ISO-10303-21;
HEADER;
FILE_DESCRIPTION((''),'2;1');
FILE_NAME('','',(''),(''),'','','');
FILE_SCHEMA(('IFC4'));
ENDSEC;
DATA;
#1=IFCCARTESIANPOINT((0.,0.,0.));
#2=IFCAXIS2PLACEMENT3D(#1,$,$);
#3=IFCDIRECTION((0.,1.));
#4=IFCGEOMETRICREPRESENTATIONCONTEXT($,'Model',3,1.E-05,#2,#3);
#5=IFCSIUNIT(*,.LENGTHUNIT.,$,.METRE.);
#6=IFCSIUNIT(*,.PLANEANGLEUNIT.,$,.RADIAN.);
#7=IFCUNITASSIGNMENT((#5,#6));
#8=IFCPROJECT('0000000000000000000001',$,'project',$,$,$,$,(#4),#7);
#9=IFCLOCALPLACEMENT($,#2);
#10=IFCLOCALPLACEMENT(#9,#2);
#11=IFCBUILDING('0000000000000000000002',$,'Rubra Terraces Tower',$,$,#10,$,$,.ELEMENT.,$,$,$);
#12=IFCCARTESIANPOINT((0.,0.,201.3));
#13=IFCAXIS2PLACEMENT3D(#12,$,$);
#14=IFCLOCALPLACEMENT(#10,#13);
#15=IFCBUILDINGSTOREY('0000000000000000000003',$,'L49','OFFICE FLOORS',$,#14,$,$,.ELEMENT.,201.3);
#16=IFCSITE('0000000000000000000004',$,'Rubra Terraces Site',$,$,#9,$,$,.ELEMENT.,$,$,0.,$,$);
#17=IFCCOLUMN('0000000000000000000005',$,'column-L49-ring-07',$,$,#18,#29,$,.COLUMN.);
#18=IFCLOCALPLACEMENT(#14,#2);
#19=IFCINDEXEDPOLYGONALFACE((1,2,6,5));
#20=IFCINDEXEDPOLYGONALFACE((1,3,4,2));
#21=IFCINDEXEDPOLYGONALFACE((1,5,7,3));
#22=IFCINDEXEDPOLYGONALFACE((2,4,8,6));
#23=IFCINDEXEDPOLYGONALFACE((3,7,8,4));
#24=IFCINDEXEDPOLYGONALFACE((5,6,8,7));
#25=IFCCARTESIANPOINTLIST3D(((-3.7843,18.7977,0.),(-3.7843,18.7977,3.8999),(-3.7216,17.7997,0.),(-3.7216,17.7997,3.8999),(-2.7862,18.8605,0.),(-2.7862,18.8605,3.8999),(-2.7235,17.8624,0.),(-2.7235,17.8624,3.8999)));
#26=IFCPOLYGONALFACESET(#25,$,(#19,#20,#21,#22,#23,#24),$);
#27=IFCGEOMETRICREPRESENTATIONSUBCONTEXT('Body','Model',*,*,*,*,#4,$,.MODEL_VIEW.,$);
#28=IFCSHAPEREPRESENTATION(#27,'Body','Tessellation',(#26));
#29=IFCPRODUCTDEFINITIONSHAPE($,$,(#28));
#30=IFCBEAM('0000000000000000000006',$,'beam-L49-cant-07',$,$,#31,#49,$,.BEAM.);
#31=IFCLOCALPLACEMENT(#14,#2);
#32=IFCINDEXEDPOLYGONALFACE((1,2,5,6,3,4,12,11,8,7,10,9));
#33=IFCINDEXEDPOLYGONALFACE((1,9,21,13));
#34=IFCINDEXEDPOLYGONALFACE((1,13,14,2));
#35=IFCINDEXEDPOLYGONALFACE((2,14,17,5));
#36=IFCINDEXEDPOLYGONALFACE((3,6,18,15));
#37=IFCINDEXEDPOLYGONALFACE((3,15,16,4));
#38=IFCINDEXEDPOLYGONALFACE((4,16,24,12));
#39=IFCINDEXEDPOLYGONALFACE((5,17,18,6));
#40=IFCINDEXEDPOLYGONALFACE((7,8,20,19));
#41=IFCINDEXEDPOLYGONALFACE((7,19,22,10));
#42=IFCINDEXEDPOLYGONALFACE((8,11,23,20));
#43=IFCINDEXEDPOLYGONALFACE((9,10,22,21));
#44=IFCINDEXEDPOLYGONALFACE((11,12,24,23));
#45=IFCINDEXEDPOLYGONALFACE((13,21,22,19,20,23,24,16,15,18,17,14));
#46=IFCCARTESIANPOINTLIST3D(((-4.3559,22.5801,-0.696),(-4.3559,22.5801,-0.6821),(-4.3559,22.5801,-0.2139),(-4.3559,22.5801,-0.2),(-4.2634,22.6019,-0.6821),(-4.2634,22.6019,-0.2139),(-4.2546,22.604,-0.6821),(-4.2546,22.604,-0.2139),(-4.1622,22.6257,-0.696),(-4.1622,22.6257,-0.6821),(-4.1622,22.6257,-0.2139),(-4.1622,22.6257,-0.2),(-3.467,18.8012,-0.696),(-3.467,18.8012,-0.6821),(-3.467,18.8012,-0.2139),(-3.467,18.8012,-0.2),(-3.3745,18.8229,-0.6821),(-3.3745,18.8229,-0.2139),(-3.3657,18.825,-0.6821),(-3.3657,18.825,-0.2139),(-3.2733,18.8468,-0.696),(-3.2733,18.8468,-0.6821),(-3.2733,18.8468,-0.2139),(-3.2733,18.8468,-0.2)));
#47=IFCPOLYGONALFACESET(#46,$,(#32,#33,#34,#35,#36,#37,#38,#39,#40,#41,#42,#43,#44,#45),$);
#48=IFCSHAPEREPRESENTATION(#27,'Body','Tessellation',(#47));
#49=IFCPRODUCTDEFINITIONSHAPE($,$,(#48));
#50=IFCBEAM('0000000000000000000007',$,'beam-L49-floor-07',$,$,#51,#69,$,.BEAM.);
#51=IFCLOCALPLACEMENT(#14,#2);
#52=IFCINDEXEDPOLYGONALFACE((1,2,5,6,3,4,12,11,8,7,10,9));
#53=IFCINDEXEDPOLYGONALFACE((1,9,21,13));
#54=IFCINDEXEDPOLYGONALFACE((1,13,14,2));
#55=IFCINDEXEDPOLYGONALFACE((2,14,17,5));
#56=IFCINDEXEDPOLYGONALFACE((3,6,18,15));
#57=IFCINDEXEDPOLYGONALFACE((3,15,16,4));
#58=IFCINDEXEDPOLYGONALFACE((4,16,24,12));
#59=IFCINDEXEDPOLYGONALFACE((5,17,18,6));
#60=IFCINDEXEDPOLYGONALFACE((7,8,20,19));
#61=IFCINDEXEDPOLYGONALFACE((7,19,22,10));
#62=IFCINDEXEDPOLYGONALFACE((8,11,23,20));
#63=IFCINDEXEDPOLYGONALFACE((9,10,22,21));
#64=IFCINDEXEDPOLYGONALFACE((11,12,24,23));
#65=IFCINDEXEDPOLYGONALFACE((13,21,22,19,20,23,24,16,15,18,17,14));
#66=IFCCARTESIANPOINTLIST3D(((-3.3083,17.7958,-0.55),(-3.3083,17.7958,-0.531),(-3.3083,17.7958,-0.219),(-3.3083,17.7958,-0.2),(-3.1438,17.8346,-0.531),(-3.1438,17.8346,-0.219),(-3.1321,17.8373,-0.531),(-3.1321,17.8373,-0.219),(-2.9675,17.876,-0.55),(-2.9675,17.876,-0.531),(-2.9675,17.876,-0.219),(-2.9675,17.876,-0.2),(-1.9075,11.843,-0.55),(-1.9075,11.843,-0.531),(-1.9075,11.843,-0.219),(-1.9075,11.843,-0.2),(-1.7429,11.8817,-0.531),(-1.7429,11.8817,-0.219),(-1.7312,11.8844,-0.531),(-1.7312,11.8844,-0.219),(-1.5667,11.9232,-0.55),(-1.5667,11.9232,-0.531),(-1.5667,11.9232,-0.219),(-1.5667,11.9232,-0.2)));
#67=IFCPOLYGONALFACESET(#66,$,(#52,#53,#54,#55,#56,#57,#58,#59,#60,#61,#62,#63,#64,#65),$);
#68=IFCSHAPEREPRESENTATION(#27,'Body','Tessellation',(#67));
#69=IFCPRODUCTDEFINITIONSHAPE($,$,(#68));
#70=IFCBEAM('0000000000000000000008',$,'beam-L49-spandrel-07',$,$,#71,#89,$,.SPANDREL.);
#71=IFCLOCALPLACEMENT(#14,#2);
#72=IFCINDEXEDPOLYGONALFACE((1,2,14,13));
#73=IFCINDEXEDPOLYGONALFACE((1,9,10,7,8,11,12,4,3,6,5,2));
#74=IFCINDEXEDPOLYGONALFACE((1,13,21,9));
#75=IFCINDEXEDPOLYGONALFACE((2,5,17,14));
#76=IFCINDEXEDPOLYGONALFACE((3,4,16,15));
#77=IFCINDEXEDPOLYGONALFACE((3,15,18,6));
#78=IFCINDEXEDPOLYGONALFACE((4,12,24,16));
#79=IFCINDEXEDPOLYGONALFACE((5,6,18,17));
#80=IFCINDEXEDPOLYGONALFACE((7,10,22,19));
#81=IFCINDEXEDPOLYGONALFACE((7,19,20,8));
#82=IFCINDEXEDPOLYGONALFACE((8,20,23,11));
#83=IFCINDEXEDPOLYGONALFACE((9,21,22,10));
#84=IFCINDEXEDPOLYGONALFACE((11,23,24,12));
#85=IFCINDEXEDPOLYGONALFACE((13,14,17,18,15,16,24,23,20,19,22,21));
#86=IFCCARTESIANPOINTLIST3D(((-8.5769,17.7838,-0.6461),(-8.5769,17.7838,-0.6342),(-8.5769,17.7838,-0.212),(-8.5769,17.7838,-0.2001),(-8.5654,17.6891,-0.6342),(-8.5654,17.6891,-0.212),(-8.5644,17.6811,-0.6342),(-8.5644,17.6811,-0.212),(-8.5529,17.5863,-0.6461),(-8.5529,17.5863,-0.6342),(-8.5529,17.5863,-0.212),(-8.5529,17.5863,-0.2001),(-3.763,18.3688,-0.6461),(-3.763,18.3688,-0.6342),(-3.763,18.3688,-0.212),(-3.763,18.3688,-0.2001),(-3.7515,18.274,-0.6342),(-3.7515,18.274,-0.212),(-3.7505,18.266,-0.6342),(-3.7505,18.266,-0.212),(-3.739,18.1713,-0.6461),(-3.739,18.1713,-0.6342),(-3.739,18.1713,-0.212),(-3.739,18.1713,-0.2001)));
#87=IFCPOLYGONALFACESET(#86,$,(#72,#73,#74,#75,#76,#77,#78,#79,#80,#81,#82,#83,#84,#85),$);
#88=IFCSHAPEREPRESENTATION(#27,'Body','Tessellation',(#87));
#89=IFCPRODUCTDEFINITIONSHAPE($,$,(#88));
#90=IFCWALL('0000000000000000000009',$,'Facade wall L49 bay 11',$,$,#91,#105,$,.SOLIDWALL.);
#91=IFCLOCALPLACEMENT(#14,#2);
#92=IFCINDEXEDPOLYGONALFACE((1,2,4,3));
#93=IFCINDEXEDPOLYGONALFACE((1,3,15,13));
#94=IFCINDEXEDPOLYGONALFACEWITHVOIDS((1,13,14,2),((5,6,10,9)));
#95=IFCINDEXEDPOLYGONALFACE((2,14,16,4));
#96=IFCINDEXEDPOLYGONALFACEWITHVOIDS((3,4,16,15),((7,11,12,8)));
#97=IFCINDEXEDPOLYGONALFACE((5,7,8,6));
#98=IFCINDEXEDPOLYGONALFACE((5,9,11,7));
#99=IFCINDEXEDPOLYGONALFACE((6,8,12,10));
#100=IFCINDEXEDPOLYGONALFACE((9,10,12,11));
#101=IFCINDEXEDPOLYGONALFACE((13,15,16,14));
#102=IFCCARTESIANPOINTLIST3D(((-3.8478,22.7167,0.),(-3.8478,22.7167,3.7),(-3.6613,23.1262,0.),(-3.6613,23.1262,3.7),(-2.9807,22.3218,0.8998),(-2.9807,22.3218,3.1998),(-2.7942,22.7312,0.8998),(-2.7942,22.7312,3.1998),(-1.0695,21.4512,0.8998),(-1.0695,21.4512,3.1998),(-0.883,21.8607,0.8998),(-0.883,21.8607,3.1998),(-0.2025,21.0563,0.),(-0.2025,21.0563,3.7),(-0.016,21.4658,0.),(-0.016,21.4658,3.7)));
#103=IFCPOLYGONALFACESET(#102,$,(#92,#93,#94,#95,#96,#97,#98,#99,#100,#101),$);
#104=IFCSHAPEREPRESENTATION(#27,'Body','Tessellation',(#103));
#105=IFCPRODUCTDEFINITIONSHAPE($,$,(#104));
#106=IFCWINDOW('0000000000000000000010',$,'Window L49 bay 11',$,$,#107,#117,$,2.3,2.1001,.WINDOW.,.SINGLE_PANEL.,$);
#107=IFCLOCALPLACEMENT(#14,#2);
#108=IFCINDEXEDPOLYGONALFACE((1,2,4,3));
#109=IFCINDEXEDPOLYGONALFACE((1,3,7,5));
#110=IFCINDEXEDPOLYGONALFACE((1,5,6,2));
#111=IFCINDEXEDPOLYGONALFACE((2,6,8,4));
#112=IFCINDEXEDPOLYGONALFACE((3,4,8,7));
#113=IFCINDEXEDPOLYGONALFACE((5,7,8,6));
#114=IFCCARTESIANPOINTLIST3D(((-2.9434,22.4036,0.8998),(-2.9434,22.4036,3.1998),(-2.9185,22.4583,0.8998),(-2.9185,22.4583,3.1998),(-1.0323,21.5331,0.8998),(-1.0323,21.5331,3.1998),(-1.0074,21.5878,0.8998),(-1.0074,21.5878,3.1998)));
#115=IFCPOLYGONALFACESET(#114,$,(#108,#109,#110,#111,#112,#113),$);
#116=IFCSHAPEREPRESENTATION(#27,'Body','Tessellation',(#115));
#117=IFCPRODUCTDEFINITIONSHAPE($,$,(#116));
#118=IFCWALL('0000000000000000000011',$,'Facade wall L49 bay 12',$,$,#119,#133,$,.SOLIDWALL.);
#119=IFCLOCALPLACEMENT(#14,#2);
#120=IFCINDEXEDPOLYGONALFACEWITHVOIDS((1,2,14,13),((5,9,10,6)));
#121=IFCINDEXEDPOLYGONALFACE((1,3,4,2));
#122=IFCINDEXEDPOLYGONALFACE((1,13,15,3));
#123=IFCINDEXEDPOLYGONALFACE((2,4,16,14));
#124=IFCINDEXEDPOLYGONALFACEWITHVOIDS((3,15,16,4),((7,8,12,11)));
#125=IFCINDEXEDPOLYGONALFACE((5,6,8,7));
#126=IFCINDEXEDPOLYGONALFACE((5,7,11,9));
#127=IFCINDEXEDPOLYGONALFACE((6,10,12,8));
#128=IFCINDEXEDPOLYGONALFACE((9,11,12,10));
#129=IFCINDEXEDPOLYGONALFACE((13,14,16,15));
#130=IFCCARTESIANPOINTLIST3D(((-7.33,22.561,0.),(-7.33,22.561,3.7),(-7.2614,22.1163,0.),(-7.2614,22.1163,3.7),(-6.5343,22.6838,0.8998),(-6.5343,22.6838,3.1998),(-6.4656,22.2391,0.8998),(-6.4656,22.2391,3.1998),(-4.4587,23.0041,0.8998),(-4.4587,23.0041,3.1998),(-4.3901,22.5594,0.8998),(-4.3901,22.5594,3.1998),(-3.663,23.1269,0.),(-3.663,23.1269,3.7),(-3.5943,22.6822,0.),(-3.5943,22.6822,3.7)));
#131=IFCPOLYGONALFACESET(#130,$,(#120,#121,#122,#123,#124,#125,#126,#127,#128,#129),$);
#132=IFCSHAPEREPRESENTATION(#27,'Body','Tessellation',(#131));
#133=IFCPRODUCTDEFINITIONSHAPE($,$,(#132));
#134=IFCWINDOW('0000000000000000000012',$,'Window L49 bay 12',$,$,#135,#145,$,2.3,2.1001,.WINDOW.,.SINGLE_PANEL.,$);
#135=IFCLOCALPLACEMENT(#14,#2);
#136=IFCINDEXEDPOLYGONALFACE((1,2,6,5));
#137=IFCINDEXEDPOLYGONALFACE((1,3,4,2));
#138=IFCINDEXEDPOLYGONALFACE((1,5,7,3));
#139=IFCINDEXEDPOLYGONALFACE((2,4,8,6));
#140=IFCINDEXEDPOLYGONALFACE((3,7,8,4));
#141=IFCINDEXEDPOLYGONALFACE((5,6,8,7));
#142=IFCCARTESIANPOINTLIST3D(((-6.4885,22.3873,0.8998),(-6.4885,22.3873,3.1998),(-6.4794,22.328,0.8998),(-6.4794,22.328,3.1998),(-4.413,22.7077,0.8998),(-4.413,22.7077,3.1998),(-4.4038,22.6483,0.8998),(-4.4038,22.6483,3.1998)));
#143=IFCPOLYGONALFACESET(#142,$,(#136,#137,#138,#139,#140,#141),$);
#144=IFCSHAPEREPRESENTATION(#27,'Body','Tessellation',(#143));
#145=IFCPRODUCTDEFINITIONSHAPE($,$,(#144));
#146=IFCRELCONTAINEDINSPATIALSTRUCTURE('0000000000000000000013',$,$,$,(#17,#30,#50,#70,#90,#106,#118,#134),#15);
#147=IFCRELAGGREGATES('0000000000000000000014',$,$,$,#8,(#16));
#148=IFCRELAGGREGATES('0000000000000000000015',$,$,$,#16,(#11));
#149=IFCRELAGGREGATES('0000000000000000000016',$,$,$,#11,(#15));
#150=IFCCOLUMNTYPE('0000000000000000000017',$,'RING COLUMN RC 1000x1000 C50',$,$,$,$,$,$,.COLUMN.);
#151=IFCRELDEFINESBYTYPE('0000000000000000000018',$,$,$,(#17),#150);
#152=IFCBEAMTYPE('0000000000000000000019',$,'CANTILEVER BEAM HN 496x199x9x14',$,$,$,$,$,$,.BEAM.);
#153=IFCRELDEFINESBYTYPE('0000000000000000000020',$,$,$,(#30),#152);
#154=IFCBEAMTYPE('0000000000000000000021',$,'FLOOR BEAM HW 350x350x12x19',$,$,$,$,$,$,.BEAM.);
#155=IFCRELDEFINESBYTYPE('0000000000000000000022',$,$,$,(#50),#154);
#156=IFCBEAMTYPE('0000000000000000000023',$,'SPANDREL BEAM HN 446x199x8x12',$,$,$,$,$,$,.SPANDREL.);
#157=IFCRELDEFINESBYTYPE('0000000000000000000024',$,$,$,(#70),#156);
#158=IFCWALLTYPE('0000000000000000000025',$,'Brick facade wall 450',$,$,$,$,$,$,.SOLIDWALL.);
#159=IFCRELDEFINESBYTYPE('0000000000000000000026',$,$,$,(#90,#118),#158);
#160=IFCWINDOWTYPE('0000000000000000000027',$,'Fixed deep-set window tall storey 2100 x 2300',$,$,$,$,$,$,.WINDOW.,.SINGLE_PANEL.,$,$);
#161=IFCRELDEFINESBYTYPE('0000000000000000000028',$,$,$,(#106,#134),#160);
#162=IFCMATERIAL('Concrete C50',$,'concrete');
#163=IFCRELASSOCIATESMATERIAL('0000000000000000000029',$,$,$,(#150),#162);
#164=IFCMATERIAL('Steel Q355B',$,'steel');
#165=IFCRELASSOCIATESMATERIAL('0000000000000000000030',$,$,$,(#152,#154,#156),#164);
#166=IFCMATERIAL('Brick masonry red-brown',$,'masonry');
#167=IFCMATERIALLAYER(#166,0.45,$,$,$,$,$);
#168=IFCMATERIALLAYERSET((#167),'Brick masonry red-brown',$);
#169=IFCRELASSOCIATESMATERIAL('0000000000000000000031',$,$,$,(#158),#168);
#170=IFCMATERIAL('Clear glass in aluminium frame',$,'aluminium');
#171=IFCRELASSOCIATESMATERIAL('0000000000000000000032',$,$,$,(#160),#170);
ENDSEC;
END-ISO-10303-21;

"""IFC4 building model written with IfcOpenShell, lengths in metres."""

from ifc_helpers import new_model, si_unit, direction, frame, frame_2d, origin, origin_2d, place, context, subcontext, project, spatial, rectangle, i_section, extrude, material, layer, layer_set, material_profile, profile_set, type_object, element, fill, save


model = new_model("IFC4")

# Units and contexts
model_context = context("Model", 3, precision=1e-05, world=origin(), true_north=direction((0.0, 1.0)))
body_context = subcontext(model_context, "Body", "Model", "MODEL_VIEW")
ifc_project = project(units=[si_unit("LENGTHUNIT", "METRE"), si_unit("PLANEANGLEUNIT", "RADIAN")], contexts=[model_context])

# Site, building, storey
site_placement = place(None, origin())
site = spatial("IfcSite", under=ifc_project, at=site_placement, Name="Rubra Terraces Site", CompositionType="ELEMENT", RefElevation=0.0)
building_placement = place(site_placement, origin())
building = spatial("IfcBuilding", under=site, at=building_placement, Name="Rubra Terraces Tower", CompositionType="ELEMENT")
storey_placement = place(building_placement, frame((0.0, 0.0, 201.3)))
storey = spatial("IfcBuildingStorey", under=building, at=storey_placement, Name="L49", Description="OFFICE FLOORS", CompositionType="ELEMENT", Elevation=201.3)

# Column
ifc_material_1 = material(Name="Concrete C50", Category="concrete")
ifc_material_profile_1 = material_profile(ifc_material_1, rectangle(XDim=1.0, YDim=1.0, at=origin_2d()), Name="RC 1000x1000")
ifc_profile_set_1 = profile_set([ifc_material_profile_1], Name="Concrete C50")
column_type = type_object("IfcColumnType", Name="RING COLUMN RC 1000x1000 C50", PredefinedType="COLUMN", material=ifc_profile_set_1)
column_placement = place(storey_placement, frame((-3.2539, 18.3301, 0.0), z_axis=(0.0, 0.0, 1.0), x_axis=(-0.998032, -0.062714, 0.0)))
element("IfcColumn", 1, at=column_placement, inside=storey, type_object=column_type, Name="column-L49-ring-07", PredefinedType="COLUMN", context=body_context, shape_type="SweptSolid", body=[
    extrude(rectangle(XDim=1.0, YDim=1.0, at=origin_2d()), origin(), (0.0, 0.0, 1.0), 3.8999),
])

# Beams
ifc_material_2 = material(Name="Steel Q355B", Category="steel")
ifc_material_profile_2 = material_profile(ifc_material_2, i_section(OverallWidth=0.199, OverallDepth=0.4961, WebThickness=0.009, FlangeThickness=0.0139, at=origin_2d()), Name="HN 496x199x9x14")
ifc_profile_set_2 = profile_set([ifc_material_profile_2], Name="Steel Q355B")
beam_type_1 = type_object("IfcBeamType", Name="CANTILEVER BEAM HN 496x199x9x14", PredefinedType="BEAM", material=ifc_profile_set_2)
beam_1_placement = place(storey_placement, frame((-3.3701, 18.824, -0.448), z_axis=(-0.228973, 0.973433, 0.0), x_axis=(-0.973433, -0.228973, 0.0)))
element("IfcBeam", 2, at=beam_1_placement, inside=storey, type_object=beam_type_1, Name="beam-L49-cant-07", PredefinedType="BEAM", context=body_context, shape_type="SweptSolid", body=[
    extrude(i_section(OverallWidth=0.199, OverallDepth=0.4961, WebThickness=0.009, FlangeThickness=0.0139, at=origin_2d()), origin(), (0.0, 0.0, 1.0), 3.8821),
])
ifc_material_profile_3 = material_profile(ifc_material_2, i_section(OverallWidth=0.3501, OverallDepth=0.3501, WebThickness=0.012, FlangeThickness=0.019, at=origin_2d()), Name="HW 350x350x12x19")
ifc_profile_set_3 = profile_set([ifc_material_profile_3], Name="Steel Q355B")
beam_type_2 = type_object("IfcBeamType", Name="FLOOR BEAM HW 350x350x12x19", PredefinedType="BEAM", material=ifc_profile_set_3)
beam_2_placement = place(storey_placement, frame((-3.1379, 17.8359, -0.375), z_axis=(0.22907, -0.97341, 0.0), x_axis=(0.97341, 0.22907, 0.0)))
element("IfcBeam", 3, at=beam_2_placement, inside=storey, type_object=beam_type_2, Name="beam-L49-floor-07", PredefinedType="BEAM", context=body_context, shape_type="SweptSolid", body=[
    extrude(i_section(OverallWidth=0.3501, OverallDepth=0.3501, WebThickness=0.012, FlangeThickness=0.019, at=origin_2d()), origin(), (0.0, 0.0, 1.0), 6.1155),
])
ifc_material_profile_4 = material_profile(ifc_material_2, i_section(OverallWidth=0.199, OverallDepth=0.446, WebThickness=0.0081, FlangeThickness=0.012, at=origin_2d()), Name="HN 446x199x8x12")
ifc_profile_set_4 = profile_set([ifc_material_profile_4], Name="Steel Q355B")
beam_type_3 = type_object("IfcBeamType", Name="SPANDREL BEAM HN 446x199x8x12", PredefinedType="SPANDREL", material=ifc_profile_set_4)
beam_3_placement = place(storey_placement, frame((-3.751, 18.27, -0.4231), z_axis=(-0.992698, -0.120626, 0.0), x_axis=(0.120626, -0.992698, 0.0)))
element("IfcBeam", 4, at=beam_3_placement, inside=storey, type_object=beam_type_3, Name="beam-L49-spandrel-07", PredefinedType="SPANDREL", context=body_context, shape_type="SweptSolid", body=[
    extrude(i_section(OverallWidth=0.199, OverallDepth=0.446, WebThickness=0.0081, FlangeThickness=0.012, at=origin_2d()), origin(), (0.0, 0.0, 1.0), 4.8494),
])

# Walls, openings, windows
ifc_material_3 = material(Name="Brick masonry red-brown", Category="masonry")
ifc_layer_1 = layer(ifc_material_3, 0.45)
ifc_layer_set_1 = layer_set([ifc_layer_1], Name="Brick masonry red-brown")
wall_type_1 = type_object("IfcWallType", Name="Brick facade wall 450", PredefinedType="SOLIDWALL", material=ifc_layer_set_1)
wall_1_placement = place(storey_placement, frame((-0.1091, 21.261, 0.0), z_axis=(0.0, 0.0, 1.0), x_axis=(-0.910041, 0.414519, 0.0)))
wall_1 = element("IfcWall", 5, at=wall_1_placement, inside=storey, type_object=wall_type_1, Name="Facade wall L49 bay 11", PredefinedType="SOLIDWALL", context=body_context, shape_type="SweptSolid", body=[
    extrude(rectangle(XDim=4.0056, YDim=0.45, at=frame_2d((2.0029, 0.0))), origin(), (0.0, 0.0, 1.0), 3.7),
])
opening_1_placement = place(wall_1_placement, frame((0.9529, 0.0, 0.8999)))
opening_1 = element("IfcOpeningElement", 6, at=opening_1_placement, cuts=wall_1, PredefinedType="OPENING", context=body_context, shape_type="SweptSolid", body=[
    extrude(rectangle(XDim=2.1001, YDim=2.3, at=frame_2d((1.05, 1.1499))), frame((0.0, 0.2349, 0.0), z_axis=(0.0, -1.0, 0.0), x_axis=(1.0, 0.0, 0.0)), (0.0, 0.0, 1.0), 0.47),
])
ifc_material_4 = material(Name="Clear glass in aluminium frame", Category="aluminium")
window_type = type_object("IfcWindowType", Name="Fixed deep-set window tall storey 2100 x 2300", PartitioningType="SINGLE_PANEL", PredefinedType="WINDOW", material=ifc_material_4)
window_1_placement = place(opening_1_placement, origin())
window_1 = element("IfcWindow", 7, at=window_1_placement, inside=storey, type_object=window_type, Name="Window L49 bay 11", OverallHeight=2.3, OverallWidth=2.1001, PartitioningType="SINGLE_PANEL", PredefinedType="WINDOW", context=body_context, shape_type="SweptSolid", body=[
    extrude(rectangle(XDim=2.1001, YDim=2.3, at=frame_2d((1.05, 1.1499))), frame((0.0, 0.135, 0.0), z_axis=(0.0, -1.0, 0.0), x_axis=(1.0, 0.0, 0.0)), (0.0, 0.0, 1.0), 0.0601),
])
fill(opening_1, window_1)
wall_2_placement = place(storey_placement, frame((-3.6287, 22.9045, 0.0), z_axis=(0.0, 0.0, 1.0), x_axis=(-0.9883, -0.152522, 0.0)))
wall_2 = element("IfcWall", 8, at=wall_2_placement, inside=storey, type_object=wall_type_1, Name="Facade wall L49 bay 12", PredefinedType="SOLIDWALL", context=body_context, shape_type="SweptSolid", body=[
    extrude(rectangle(XDim=3.7104, YDim=0.45, at=frame_2d((1.8552, 0.0))), origin(), (0.0, 0.0, 1.0), 3.7),
])
opening_2_placement = place(wall_2_placement, frame((0.8052, 0.0, 0.8999)))
opening_2 = element("IfcOpeningElement", 9, at=opening_2_placement, cuts=wall_2, PredefinedType="OPENING", context=body_context, shape_type="SweptSolid", body=[
    extrude(rectangle(XDim=2.1001, YDim=2.3, at=frame_2d((1.05, 1.1499))), frame((0.0, 0.2349, 0.0), z_axis=(0.0, -1.0, 0.0), x_axis=(1.0, 0.0, 0.0)), (0.0, 0.0, 1.0), 0.47),
])
window_2_placement = place(opening_2_placement, origin())
window_2 = element("IfcWindow", 10, at=window_2_placement, inside=storey, type_object=window_type, Name="Window L49 bay 12", OverallHeight=2.3, OverallWidth=2.1001, PartitioningType="SINGLE_PANEL", PredefinedType="WINDOW", context=body_context, shape_type="SweptSolid", body=[
    extrude(rectangle(XDim=2.1001, YDim=2.3, at=frame_2d((1.05, 1.1499))), frame((0.0, 0.135, 0.0), z_axis=(0.0, -1.0, 0.0), x_axis=(1.0, 0.0, 0.0)), (0.0, 0.0, 1.0), 0.0601),
])
fill(opening_2, window_2)

save(model, "model.ifc")
